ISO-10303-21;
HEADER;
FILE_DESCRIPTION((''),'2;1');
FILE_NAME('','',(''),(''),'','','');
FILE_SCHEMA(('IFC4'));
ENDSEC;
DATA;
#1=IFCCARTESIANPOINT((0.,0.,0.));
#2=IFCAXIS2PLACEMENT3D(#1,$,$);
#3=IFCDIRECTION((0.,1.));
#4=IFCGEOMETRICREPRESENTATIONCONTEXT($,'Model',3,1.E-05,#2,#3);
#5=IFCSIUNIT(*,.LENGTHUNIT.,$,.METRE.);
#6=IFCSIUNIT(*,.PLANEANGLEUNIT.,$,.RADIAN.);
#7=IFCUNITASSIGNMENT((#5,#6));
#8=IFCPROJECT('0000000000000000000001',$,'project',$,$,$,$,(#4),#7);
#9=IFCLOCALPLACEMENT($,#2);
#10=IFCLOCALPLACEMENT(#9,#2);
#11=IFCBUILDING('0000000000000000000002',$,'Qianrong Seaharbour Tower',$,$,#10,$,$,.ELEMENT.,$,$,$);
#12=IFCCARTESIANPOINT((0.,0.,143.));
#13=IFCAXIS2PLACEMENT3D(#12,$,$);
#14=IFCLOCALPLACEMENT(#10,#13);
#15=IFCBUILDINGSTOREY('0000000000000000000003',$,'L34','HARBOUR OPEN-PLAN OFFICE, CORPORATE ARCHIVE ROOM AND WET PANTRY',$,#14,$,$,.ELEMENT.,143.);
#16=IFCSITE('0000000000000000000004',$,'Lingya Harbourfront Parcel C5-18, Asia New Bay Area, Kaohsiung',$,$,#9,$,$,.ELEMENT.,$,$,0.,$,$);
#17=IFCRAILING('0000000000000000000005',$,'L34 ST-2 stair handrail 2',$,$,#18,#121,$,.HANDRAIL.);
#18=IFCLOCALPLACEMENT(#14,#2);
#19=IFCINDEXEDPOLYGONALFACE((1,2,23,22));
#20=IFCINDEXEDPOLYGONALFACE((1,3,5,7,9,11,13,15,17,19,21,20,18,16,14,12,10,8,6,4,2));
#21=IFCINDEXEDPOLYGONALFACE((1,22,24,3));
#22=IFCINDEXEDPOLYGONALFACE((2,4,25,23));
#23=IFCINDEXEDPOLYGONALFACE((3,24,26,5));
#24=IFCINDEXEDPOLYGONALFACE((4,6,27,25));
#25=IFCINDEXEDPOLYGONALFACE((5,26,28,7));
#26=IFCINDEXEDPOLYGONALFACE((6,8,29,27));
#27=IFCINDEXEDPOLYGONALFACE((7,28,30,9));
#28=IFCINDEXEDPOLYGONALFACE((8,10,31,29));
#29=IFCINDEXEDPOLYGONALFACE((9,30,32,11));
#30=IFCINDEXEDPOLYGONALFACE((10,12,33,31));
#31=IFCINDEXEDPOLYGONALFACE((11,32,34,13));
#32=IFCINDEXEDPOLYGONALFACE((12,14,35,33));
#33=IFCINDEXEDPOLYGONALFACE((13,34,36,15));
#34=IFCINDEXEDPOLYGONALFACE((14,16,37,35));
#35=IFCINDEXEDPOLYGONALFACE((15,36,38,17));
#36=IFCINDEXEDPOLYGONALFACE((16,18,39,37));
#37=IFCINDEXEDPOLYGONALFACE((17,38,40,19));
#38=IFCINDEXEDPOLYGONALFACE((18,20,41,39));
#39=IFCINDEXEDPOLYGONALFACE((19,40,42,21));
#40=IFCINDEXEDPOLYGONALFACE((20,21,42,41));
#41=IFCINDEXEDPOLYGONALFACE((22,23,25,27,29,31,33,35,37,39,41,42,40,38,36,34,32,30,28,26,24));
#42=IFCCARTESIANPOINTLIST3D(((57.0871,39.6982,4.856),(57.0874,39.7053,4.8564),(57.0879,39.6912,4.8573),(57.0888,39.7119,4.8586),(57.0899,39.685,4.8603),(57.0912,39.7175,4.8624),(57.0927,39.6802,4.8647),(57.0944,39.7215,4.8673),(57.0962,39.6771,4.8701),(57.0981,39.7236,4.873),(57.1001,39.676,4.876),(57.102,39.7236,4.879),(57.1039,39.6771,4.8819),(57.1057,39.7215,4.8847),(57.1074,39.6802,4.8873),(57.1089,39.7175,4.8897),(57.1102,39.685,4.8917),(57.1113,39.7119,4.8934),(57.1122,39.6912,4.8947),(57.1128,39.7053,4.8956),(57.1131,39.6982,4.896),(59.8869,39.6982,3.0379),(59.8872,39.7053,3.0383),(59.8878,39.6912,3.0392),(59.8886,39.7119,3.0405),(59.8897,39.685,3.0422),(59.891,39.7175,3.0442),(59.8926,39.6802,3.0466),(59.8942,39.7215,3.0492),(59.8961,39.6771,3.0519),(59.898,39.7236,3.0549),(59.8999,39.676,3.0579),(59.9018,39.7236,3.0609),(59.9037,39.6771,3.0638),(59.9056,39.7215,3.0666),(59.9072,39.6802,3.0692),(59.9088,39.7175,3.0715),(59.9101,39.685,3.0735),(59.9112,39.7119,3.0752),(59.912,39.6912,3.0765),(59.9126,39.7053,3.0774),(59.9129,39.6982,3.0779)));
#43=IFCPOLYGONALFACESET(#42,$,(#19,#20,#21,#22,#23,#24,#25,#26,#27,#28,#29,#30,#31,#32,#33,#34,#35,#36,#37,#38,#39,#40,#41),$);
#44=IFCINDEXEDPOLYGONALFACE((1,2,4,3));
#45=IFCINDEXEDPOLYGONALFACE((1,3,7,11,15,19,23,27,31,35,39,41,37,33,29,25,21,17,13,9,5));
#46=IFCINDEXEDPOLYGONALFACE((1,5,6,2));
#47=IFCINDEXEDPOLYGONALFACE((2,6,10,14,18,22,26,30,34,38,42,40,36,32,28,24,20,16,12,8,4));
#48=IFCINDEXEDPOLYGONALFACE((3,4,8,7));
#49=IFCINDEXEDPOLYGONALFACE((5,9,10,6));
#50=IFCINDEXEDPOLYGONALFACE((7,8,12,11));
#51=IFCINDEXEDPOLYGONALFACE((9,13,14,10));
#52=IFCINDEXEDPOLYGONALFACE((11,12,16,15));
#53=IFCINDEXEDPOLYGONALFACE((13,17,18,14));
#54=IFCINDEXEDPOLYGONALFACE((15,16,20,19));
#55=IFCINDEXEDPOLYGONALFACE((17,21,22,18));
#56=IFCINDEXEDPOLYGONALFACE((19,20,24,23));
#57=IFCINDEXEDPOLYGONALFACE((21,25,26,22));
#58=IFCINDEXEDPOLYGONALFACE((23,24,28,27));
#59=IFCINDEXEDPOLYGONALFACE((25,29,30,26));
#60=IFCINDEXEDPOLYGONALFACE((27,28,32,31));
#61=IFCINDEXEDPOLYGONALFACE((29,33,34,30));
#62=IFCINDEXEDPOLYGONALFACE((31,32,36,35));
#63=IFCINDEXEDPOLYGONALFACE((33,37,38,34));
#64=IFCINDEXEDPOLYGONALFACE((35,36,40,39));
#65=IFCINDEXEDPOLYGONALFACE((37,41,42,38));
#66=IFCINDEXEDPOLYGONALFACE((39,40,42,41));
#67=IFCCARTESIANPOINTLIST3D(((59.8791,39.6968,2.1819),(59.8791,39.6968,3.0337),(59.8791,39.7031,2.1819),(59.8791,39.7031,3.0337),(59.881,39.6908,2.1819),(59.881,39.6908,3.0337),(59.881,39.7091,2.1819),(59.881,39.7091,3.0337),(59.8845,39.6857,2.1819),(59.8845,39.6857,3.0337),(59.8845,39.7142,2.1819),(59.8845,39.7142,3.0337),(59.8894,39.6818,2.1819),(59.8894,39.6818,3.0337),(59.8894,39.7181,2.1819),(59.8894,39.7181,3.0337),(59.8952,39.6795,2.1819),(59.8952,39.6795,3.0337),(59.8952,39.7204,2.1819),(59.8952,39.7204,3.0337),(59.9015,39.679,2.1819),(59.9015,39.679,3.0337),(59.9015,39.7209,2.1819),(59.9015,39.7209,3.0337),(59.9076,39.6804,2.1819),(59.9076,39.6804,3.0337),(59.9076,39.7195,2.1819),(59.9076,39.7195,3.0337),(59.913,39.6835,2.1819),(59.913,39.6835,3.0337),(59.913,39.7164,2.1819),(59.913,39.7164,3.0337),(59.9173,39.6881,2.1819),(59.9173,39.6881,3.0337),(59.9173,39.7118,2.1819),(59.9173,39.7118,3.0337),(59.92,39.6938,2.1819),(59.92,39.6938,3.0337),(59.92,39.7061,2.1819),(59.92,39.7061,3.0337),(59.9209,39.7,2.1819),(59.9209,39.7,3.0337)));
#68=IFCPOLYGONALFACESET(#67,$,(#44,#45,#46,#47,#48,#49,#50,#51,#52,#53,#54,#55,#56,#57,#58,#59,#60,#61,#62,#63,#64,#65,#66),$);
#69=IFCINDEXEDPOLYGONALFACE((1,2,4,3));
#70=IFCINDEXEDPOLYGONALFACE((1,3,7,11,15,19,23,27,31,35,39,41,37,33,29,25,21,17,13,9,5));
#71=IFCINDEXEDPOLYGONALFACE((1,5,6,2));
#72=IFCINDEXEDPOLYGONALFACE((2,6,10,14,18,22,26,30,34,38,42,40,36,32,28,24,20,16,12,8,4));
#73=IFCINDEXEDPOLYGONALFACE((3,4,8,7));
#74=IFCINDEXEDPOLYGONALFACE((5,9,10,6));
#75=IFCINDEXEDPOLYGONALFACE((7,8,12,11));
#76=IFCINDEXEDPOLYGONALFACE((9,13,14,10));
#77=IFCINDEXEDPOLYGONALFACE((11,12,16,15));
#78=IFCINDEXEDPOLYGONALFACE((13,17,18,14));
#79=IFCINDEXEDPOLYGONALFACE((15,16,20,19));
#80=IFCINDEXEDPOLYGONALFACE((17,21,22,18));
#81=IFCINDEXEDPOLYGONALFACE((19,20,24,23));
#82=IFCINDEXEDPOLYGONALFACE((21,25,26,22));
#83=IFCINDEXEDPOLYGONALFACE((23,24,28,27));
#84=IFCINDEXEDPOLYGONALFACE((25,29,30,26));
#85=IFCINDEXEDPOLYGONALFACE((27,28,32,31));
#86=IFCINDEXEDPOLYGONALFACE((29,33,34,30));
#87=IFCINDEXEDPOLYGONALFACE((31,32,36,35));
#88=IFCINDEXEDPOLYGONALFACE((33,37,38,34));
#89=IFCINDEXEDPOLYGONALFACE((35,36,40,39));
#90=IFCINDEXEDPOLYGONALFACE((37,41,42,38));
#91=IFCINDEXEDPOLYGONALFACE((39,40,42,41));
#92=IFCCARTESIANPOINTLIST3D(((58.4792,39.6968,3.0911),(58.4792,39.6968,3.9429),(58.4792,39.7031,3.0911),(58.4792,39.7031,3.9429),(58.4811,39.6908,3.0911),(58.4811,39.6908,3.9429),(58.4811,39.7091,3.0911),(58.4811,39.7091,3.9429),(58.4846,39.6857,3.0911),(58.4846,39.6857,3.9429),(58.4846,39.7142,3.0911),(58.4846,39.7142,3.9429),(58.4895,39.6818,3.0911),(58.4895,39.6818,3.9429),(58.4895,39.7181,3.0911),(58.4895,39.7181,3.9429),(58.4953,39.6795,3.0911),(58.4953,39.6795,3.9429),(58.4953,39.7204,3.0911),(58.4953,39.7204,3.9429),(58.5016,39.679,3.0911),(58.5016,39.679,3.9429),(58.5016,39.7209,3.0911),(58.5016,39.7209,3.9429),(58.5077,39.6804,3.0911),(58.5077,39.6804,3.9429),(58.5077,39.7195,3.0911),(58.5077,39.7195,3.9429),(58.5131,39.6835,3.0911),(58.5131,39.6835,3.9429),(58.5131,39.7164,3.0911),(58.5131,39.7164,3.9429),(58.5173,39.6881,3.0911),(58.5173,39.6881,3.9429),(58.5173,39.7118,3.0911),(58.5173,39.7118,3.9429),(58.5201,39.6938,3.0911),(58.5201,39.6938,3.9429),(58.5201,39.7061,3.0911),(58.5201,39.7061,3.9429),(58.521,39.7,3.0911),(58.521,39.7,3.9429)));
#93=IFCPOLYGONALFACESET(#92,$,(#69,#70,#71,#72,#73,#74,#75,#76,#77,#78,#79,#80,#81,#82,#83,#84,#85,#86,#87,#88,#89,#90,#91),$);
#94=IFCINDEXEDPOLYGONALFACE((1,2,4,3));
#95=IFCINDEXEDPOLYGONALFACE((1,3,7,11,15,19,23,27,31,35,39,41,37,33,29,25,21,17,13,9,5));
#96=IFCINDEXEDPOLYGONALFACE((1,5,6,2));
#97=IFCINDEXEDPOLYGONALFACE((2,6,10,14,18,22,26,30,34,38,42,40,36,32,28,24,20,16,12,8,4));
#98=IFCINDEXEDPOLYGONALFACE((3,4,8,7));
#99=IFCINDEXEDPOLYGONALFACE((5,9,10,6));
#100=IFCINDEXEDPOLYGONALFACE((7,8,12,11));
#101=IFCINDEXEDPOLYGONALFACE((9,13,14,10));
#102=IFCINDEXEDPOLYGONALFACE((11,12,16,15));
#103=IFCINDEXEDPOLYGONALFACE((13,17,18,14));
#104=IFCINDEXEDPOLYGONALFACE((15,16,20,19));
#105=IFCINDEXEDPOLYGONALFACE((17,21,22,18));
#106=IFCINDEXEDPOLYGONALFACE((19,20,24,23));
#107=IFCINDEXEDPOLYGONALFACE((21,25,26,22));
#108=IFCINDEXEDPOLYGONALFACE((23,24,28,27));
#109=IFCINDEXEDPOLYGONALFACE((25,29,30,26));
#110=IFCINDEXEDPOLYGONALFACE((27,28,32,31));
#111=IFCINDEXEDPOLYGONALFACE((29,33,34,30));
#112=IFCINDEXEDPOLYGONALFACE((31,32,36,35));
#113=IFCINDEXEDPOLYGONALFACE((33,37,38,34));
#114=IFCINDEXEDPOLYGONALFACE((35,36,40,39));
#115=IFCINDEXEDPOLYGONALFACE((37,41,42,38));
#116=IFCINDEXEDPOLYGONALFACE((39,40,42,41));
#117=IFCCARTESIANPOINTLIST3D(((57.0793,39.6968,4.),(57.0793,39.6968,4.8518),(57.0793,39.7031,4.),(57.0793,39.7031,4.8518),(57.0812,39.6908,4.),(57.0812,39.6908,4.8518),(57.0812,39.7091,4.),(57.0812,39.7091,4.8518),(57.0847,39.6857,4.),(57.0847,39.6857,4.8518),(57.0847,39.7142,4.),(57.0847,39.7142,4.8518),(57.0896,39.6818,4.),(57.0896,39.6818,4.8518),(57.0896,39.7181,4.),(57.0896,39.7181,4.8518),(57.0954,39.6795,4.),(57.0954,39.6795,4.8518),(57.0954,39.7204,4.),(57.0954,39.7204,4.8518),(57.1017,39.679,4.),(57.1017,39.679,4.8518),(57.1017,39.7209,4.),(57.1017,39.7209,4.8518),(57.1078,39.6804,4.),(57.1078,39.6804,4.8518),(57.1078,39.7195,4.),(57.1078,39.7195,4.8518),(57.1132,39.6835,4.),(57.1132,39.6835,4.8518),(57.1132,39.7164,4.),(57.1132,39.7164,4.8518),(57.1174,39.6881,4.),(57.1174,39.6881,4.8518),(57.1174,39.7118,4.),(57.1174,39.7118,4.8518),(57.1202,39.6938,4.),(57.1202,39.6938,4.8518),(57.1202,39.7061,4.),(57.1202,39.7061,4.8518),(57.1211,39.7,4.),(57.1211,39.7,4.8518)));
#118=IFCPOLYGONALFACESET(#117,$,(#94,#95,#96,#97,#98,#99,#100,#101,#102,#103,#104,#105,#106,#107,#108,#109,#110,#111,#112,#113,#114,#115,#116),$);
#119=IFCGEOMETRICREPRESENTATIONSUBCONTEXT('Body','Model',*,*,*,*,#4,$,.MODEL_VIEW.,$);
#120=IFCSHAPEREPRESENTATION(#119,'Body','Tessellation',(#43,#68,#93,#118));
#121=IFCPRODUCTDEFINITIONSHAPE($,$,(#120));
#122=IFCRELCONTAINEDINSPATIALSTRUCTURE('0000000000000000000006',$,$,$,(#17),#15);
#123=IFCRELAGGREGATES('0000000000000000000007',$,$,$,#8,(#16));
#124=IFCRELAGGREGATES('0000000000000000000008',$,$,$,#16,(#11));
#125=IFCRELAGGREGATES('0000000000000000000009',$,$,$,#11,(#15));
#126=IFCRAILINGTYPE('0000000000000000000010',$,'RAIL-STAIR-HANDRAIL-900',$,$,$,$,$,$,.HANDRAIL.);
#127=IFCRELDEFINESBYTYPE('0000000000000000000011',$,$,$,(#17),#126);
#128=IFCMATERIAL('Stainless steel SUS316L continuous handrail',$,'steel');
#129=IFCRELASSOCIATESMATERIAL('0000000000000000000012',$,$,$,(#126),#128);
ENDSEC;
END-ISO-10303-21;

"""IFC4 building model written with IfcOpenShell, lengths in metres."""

from ifc_helpers import new_model, si_unit, direction, frame, origin, origin_2d, place, context, subcontext, project, spatial, circle, extrude, material, type_object, element, save


model = new_model("IFC4")

# Units and contexts
model_context = context("Model", 3, precision=1e-05, world=origin(), true_north=direction((0.0, 1.0)))
body_context = subcontext(model_context, "Body", "Model", "MODEL_VIEW")
ifc_project = project(units=[si_unit("LENGTHUNIT", "METRE"), si_unit("PLANEANGLEUNIT", "RADIAN")], contexts=[model_context])

# Site, building, storey
site_placement = place(None, origin())
site = spatial("IfcSite", under=ifc_project, at=site_placement, Name="Lingya Harbourfront Parcel C5-18, Asia New Bay Area, Kaohsiung", CompositionType="ELEMENT", RefElevation=0.0)
building_placement = place(site_placement, origin())
building = spatial("IfcBuilding", under=site, at=building_placement, Name="Qianrong Seaharbour Tower", CompositionType="ELEMENT")
storey_placement = place(building_placement, frame((0.0, 0.0, 143.0)))
storey = spatial("IfcBuildingStorey", under=building, at=storey_placement, Name="L34", Description="HARBOUR OPEN-PLAN OFFICE, CORPORATE ARCHIVE ROOM AND WET PANTRY", CompositionType="ELEMENT", Elevation=143.0)

# Railing
ifc_material_1 = material(Name="Stainless steel SUS316L continuous handrail", Category="steel")
railing_type_1 = type_object("IfcRailingType", Name="RAIL-STAIR-HANDRAIL-900", PredefinedType="HANDRAIL", material=ifc_material_1)
railing_1_placement = place(storey_placement, frame((59.8999, 39.7, 2.1819)))
element("IfcRailing", 1, at=railing_1_placement, inside=storey, type_object=railing_type_1, Name="L34 ST-2 stair handrail 2", PredefinedType="HANDRAIL", context=body_context, shape_type="SweptSolid", body=[
    extrude(circle(Radius=0.0239, at=origin_2d()), frame((0.0, 0.0, 0.876), z_axis=(-0.838684, 0.0, 0.544618), x_axis=(0.0, -1.0, 0.0)), (0.0, 0.0, 1.0), 3.3384),
    extrude(circle(Radius=0.021, at=origin_2d()), origin(), (0.0, 0.0, 1.0), 0.8518),
    extrude(circle(Radius=0.021, at=origin_2d()), frame((-1.3999, 0.0, 0.9092)), (0.0, 0.0, 1.0), 0.8518),
    extrude(circle(Radius=0.021, at=origin_2d()), frame((-2.7998, 0.0, 1.8181)), (0.0, 0.0, 1.0), 0.8518),
])

save(model, "model.ifc")
